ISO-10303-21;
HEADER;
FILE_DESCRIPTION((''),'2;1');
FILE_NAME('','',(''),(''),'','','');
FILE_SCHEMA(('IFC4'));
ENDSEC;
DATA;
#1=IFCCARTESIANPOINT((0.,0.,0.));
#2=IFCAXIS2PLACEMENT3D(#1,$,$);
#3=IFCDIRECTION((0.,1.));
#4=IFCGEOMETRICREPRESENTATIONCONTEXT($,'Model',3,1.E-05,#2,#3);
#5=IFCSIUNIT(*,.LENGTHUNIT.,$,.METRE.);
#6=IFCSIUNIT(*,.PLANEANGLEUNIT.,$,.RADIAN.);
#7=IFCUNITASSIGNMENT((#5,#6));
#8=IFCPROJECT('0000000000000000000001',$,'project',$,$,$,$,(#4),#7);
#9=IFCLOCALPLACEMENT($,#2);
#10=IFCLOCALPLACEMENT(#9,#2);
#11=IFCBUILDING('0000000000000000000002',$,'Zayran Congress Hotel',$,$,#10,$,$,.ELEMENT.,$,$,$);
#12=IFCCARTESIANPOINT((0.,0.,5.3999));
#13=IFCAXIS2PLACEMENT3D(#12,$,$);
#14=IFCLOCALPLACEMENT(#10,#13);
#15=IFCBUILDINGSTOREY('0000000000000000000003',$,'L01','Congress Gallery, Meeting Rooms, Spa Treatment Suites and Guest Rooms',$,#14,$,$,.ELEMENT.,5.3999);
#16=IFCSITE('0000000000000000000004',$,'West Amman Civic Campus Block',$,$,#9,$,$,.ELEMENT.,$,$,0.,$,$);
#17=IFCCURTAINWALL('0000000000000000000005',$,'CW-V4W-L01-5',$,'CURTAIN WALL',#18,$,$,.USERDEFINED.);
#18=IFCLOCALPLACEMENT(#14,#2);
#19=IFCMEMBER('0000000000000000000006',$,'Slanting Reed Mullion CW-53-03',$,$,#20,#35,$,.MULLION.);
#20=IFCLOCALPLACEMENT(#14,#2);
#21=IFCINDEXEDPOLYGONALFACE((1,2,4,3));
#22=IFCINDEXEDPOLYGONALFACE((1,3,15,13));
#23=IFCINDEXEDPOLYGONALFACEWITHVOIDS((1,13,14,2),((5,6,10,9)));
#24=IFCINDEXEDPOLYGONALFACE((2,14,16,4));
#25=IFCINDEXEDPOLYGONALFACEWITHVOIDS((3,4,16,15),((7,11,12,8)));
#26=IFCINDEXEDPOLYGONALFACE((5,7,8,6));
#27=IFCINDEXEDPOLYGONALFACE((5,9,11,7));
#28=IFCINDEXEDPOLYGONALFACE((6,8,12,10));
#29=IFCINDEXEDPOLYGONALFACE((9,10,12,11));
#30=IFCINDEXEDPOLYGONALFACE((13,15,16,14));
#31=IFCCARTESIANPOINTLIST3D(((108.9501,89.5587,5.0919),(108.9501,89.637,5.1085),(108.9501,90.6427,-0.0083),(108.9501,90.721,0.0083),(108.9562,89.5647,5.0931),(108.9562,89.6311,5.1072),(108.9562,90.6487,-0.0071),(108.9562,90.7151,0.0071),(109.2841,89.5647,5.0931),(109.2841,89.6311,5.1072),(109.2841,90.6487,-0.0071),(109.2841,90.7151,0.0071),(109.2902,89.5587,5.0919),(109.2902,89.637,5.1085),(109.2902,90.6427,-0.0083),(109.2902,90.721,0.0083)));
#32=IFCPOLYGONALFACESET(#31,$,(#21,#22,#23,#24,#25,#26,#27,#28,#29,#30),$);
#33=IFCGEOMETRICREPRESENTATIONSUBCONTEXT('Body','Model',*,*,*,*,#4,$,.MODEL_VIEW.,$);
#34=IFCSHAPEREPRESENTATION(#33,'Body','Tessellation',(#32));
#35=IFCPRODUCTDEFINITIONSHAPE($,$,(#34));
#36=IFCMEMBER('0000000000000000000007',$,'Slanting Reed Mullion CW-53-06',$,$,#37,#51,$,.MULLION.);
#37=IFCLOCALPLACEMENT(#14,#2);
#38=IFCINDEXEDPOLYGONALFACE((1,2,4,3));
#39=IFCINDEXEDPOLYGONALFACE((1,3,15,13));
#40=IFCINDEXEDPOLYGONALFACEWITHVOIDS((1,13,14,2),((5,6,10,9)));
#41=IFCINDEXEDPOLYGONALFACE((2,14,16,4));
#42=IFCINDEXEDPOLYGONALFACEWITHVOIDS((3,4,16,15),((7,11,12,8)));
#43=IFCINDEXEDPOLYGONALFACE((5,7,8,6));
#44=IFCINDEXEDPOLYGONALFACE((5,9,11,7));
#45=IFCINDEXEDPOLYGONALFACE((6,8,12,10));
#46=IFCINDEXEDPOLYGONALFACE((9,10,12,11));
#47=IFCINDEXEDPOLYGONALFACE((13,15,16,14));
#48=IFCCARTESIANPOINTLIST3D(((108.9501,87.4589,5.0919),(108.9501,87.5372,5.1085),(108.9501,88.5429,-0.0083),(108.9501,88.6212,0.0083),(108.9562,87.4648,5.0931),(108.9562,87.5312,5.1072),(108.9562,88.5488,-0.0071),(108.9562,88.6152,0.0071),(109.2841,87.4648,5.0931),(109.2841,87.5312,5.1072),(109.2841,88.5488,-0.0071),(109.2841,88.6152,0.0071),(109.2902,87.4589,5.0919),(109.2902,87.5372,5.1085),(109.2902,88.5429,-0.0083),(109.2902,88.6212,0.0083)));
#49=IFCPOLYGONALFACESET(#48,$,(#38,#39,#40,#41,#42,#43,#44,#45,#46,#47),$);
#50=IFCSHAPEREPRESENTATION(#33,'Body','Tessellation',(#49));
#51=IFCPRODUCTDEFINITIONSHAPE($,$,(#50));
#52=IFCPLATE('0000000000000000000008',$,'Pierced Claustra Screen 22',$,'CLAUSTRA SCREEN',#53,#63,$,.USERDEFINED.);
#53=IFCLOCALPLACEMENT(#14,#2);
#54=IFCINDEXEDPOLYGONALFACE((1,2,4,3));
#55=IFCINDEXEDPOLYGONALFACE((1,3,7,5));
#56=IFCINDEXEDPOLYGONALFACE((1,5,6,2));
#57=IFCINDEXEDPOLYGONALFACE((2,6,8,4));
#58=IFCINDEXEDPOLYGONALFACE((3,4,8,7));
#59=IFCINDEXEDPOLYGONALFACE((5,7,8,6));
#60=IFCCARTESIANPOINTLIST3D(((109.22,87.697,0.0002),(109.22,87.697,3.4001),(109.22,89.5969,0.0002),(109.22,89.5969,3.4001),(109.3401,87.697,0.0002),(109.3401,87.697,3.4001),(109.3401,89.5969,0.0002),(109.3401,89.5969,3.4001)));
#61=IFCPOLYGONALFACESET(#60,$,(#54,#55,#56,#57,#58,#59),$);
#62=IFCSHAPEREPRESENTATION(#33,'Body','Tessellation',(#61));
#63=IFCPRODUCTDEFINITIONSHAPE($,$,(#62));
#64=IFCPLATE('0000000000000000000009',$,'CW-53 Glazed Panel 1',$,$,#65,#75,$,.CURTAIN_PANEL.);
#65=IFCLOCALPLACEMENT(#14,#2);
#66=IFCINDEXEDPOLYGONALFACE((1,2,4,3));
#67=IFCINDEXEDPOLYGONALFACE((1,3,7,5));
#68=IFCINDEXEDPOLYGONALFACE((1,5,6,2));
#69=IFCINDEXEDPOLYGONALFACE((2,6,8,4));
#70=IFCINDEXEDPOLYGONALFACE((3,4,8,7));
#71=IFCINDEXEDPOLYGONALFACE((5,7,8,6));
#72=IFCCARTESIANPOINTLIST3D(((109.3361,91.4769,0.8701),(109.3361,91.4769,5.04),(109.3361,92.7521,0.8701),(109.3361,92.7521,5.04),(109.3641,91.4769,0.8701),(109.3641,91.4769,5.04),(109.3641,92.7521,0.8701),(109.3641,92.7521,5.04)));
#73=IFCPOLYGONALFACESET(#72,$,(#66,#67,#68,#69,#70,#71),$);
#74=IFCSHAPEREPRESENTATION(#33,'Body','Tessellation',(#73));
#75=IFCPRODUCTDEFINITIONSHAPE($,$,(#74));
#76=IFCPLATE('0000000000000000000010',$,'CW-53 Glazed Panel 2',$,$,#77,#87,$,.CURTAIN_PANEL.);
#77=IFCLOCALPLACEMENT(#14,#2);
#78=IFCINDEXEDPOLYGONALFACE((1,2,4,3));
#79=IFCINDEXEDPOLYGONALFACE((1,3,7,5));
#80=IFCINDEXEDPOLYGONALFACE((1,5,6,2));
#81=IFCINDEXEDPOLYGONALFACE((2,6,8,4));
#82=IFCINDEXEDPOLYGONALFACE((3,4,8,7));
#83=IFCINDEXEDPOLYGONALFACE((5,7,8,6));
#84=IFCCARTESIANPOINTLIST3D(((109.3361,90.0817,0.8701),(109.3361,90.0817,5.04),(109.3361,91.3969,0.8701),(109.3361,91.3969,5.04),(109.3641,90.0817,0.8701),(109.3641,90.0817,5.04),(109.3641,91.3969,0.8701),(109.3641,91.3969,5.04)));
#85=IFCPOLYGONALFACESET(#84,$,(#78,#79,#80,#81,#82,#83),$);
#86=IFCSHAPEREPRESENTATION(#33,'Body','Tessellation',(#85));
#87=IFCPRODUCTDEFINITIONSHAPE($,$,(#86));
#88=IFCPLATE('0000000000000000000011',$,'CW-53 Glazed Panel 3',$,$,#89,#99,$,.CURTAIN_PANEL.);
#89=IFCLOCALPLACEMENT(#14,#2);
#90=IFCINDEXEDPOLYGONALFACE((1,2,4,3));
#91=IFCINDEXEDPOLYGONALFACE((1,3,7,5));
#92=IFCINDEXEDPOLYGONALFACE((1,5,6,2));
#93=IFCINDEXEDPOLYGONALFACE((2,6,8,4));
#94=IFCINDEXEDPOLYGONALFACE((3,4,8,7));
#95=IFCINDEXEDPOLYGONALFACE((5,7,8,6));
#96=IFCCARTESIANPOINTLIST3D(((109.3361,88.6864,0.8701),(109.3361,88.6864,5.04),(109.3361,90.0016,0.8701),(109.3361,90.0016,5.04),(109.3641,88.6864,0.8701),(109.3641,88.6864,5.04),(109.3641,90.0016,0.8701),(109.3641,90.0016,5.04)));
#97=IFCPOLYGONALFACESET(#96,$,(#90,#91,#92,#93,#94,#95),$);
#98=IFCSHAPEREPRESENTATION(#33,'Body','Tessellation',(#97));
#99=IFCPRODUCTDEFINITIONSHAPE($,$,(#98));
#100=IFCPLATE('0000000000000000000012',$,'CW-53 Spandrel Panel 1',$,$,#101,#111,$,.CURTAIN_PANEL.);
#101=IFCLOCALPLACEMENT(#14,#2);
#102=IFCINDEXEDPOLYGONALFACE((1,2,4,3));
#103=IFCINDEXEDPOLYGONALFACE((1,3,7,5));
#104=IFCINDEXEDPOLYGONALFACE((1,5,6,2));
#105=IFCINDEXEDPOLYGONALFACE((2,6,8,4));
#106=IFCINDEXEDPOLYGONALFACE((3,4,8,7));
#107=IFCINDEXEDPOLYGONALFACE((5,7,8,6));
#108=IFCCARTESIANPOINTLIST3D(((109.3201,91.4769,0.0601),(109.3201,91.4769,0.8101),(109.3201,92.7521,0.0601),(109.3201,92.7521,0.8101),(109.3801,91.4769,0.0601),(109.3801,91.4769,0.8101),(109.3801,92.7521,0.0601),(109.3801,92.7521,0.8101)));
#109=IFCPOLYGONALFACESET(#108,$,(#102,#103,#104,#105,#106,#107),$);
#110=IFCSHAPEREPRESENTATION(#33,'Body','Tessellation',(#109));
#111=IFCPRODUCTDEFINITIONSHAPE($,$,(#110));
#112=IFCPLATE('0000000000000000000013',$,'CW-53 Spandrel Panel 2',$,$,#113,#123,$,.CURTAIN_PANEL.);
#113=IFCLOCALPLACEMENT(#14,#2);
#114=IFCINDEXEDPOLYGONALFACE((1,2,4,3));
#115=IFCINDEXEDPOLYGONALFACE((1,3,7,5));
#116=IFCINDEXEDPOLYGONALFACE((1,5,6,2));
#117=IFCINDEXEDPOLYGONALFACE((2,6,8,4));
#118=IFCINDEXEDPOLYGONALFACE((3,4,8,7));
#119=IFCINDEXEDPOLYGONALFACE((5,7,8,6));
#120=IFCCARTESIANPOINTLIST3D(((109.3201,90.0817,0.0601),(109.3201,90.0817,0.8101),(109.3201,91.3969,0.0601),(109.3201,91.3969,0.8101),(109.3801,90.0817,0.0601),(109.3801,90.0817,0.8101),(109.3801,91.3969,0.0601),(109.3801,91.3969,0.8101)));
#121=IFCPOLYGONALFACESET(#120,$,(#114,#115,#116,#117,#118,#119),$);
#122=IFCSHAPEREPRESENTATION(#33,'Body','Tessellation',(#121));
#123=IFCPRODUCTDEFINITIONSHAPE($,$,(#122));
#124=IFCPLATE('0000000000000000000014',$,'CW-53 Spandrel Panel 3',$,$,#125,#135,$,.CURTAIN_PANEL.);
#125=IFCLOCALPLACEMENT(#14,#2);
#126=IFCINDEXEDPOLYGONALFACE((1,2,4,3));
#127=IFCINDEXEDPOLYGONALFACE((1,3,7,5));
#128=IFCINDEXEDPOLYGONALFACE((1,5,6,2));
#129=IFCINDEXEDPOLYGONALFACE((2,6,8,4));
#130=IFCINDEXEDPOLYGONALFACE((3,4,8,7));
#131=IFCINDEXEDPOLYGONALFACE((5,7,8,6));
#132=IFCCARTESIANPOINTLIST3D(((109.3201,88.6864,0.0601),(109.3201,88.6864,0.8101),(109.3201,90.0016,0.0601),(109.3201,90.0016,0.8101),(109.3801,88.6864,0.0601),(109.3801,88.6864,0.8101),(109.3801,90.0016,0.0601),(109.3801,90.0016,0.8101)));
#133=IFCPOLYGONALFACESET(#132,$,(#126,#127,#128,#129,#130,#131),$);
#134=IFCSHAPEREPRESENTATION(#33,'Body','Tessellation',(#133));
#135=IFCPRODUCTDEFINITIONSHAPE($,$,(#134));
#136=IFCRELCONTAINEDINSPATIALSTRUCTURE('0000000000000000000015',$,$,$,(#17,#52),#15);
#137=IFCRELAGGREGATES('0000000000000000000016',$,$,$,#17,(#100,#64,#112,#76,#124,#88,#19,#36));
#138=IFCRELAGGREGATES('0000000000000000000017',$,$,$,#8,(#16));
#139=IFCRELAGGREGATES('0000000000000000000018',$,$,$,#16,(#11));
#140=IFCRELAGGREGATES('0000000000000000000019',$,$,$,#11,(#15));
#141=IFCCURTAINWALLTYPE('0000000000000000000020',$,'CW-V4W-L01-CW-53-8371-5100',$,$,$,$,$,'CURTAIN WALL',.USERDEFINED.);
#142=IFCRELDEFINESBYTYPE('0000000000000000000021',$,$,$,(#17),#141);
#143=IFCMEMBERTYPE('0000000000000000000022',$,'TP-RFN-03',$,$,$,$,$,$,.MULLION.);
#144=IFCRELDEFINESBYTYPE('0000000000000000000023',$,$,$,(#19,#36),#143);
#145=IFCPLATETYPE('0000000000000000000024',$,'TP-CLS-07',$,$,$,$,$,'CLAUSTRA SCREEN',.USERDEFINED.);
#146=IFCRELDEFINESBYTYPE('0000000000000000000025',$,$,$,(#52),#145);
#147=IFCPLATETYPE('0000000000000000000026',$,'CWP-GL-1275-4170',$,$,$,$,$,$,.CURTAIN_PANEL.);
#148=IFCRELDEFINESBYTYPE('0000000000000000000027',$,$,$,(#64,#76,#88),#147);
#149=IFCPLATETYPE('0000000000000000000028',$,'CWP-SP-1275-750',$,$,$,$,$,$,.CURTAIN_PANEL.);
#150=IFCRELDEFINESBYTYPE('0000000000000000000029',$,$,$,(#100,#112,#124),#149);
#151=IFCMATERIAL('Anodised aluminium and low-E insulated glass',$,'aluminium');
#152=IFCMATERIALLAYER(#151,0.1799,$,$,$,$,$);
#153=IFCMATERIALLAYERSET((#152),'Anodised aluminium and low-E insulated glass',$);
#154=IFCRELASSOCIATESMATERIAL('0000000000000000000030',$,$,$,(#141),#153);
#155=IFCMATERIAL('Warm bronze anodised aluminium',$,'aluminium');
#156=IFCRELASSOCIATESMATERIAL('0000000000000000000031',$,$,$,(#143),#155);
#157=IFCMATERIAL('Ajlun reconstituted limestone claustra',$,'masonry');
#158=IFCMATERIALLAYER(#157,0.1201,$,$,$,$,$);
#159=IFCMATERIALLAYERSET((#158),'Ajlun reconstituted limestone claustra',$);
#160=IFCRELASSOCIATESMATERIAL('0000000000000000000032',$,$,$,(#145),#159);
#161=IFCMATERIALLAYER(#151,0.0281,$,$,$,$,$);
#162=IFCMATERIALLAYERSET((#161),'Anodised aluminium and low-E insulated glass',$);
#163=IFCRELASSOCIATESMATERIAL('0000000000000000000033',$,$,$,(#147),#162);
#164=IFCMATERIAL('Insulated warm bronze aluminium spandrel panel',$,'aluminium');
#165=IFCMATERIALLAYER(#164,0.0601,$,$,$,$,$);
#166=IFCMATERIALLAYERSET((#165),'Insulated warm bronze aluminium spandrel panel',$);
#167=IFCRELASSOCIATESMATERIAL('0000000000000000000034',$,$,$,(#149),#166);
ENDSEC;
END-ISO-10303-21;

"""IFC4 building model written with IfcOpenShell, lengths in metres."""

from ifc_helpers import new_model, si_unit, direction, frame, origin, origin_2d, place, context, subcontext, project, spatial, rectangle, hollow_rectangle, extrude, material, layer, layer_set, material_profile, profile_set, type_object, element, aggregate, save


model = new_model("IFC4")

# Units and contexts
model_context = context("Model", 3, precision=1e-05, world=origin(), true_north=direction((0.0, 1.0)))
body_context = subcontext(model_context, "Body", "Model", "MODEL_VIEW")
ifc_project = project(units=[si_unit("LENGTHUNIT", "METRE"), si_unit("PLANEANGLEUNIT", "RADIAN")], contexts=[model_context])

# Site, building, storey
site_placement = place(None, origin())
site = spatial("IfcSite", under=ifc_project, at=site_placement, Name="West Amman Civic Campus Block", CompositionType="ELEMENT", RefElevation=0.0)
building_placement = place(site_placement, origin())
building = spatial("IfcBuilding", under=site, at=building_placement, Name="Zayran Congress Hotel", CompositionType="ELEMENT")
storey_placement = place(building_placement, frame((0.0, 0.0, 5.3999)))
storey = spatial("IfcBuildingStorey", under=building, at=storey_placement, Name="L01", Description="Congress Gallery, Meeting Rooms, Spa Treatment Suites and Guest Rooms", CompositionType="ELEMENT", Elevation=5.3999)

# Curtain wall
ifc_material_1 = material(Name="Anodised aluminium and low-E insulated glass", Category="aluminium")
ifc_layer_1 = layer(ifc_material_1, 0.1799)
ifc_layer_set_1 = layer_set([ifc_layer_1], Name="Anodised aluminium and low-E insulated glass")
curtain_wall_type_1 = type_object("IfcCurtainWallType", Name="CW-V4W-L01-CW-53-8371-5100", ElementType="CURTAIN WALL", PredefinedType="USERDEFINED", material=ifc_layer_set_1)
curtain_wall_1_placement = place(storey_placement, origin())
curtain_wall_1 = element("IfcCurtainWall", 1, at=curtain_wall_1_placement, inside=storey, type_object=curtain_wall_type_1, Name="CW-V4W-L01-5", ObjectType="CURTAIN WALL", PredefinedType="USERDEFINED")

# Members
ifc_material_2 = material(Name="Warm bronze anodised aluminium", Category="aluminium")
ifc_material_profile_1 = material_profile(ifc_material_2, hollow_rectangle(XDim=0.0801, YDim=0.3401, WallThickness=0.0061, at=origin_2d()), Name="RHS 340x80x6")
ifc_profile_set_1 = profile_set([ifc_material_profile_1], Name="Warm bronze anodised aluminium")
member_type_1 = type_object("IfcMemberType", Name="TP-RFN-03", PredefinedType="MULLION", material=ifc_profile_set_1)
member_1_placement = place(storey_placement, frame((109.1201, 90.6819, 0.0), z_axis=(0.0, -0.207898, 0.978151), x_axis=(0.0, 0.978151, 0.207898)))
member_1 = element("IfcMember", 2, at=member_1_placement, type_object=member_type_1, Name="Slanting Reed Mullion CW-53-03", PredefinedType="MULLION", context=body_context, shape_type="SweptSolid", body=[
    extrude(hollow_rectangle(XDim=0.0801, YDim=0.3401, WallThickness=0.0061, at=origin_2d()), origin(), (0.0, 0.0, 1.0), 5.2141),
])
member_2_placement = place(storey_placement, frame((109.1201, 88.582, 0.0), z_axis=(0.0, -0.207898, 0.978151), x_axis=(0.0, 0.978151, 0.207898)))
member_2 = element("IfcMember", 3, at=member_2_placement, type_object=member_type_1, Name="Slanting Reed Mullion CW-53-06", PredefinedType="MULLION", context=body_context, shape_type="SweptSolid", body=[
    extrude(hollow_rectangle(XDim=0.0801, YDim=0.3401, WallThickness=0.0061, at=origin_2d()), origin(), (0.0, 0.0, 1.0), 5.2141),
])

# Plates
ifc_material_3 = material(Name="Ajlun reconstituted limestone claustra", Category="masonry")
ifc_layer_2 = layer(ifc_material_3, 0.1201)
ifc_layer_set_2 = layer_set([ifc_layer_2], Name="Ajlun reconstituted limestone claustra")
plate_type_1 = type_object("IfcPlateType", Name="TP-CLS-07", ElementType="CLAUSTRA SCREEN", PredefinedType="USERDEFINED", material=ifc_layer_set_2)
plate_1_placement = place(storey_placement, frame((109.28, 88.647, 0.0002), z_axis=(0.0, 0.0, 1.0), x_axis=(0.0, 1.0, 0.0)))
element("IfcPlate", 4, at=plate_1_placement, inside=storey, type_object=plate_type_1, Name="Pierced Claustra Screen 22", ObjectType="CLAUSTRA SCREEN", PredefinedType="USERDEFINED", context=body_context, shape_type="SweptSolid", body=[
    extrude(rectangle(XDim=1.8999, YDim=0.1201, at=origin_2d()), origin(), (0.0, 0.0, 1.0), 3.3999),
])
ifc_layer_3 = layer(ifc_material_1, 0.0281)
ifc_layer_set_3 = layer_set([ifc_layer_3], Name="Anodised aluminium and low-E insulated glass")
plate_type_2 = type_object("IfcPlateType", Name="CWP-GL-1275-4170", PredefinedType="CURTAIN_PANEL", material=ifc_layer_set_3)
plate_2_placement = place(storey_placement, frame((109.3501, 92.1145, 0.8701), z_axis=(0.0, 0.0, 1.0), x_axis=(0.0, 1.0, 0.0)))
plate_2 = element("IfcPlate", 5, at=plate_2_placement, type_object=plate_type_2, Name="CW-53 Glazed Panel 1", PredefinedType="CURTAIN_PANEL", context=body_context, shape_type="SweptSolid", body=[
    extrude(rectangle(XDim=1.2751, YDim=0.0281, at=origin_2d()), origin(), (0.0, 0.0, 1.0), 4.1699),
])
plate_3_placement = place(storey_placement, frame((109.3501, 90.7393, 0.8701), z_axis=(0.0, 0.0, 1.0), x_axis=(0.0, 1.0, 0.0)))
plate_3 = element("IfcPlate", 6, at=plate_3_placement, type_object=plate_type_2, Name="CW-53 Glazed Panel 2", PredefinedType="CURTAIN_PANEL", context=body_context, shape_type="SweptSolid", body=[
    extrude(rectangle(XDim=1.3152, YDim=0.0281, at=origin_2d()), origin(), (0.0, 0.0, 1.0), 4.1699),
])
plate_4_placement = place(storey_placement, frame((109.3501, 89.344, 0.8701), z_axis=(0.0, 0.0, 1.0), x_axis=(0.0, 1.0, 0.0)))
plate_4 = element("IfcPlate", 7, at=plate_4_placement, type_object=plate_type_2, Name="CW-53 Glazed Panel 3", PredefinedType="CURTAIN_PANEL", context=body_context, shape_type="SweptSolid", body=[
    extrude(rectangle(XDim=1.3152, YDim=0.0281, at=origin_2d()), origin(), (0.0, 0.0, 1.0), 4.1699),
])
ifc_material_4 = material(Name="Insulated warm bronze aluminium spandrel panel", Category="aluminium")
ifc_layer_4 = layer(ifc_material_4, 0.0601)
ifc_layer_set_4 = layer_set([ifc_layer_4], Name="Insulated warm bronze aluminium spandrel panel")
plate_type_3 = type_object("IfcPlateType", Name="CWP-SP-1275-750", PredefinedType="CURTAIN_PANEL", material=ifc_layer_set_4)
plate_5_placement = place(storey_placement, frame((109.3501, 92.1145, 0.0601), z_axis=(0.0, 0.0, 1.0), x_axis=(0.0, 1.0, 0.0)))
plate_5 = element("IfcPlate", 8, at=plate_5_placement, type_object=plate_type_3, Name="CW-53 Spandrel Panel 1", PredefinedType="CURTAIN_PANEL", context=body_context, shape_type="SweptSolid", body=[
    extrude(rectangle(XDim=1.2751, YDim=0.0601, at=origin_2d()), origin(), (0.0, 0.0, 1.0), 0.75),
])
plate_6_placement = place(storey_placement, frame((109.3501, 90.7393, 0.0601), z_axis=(0.0, 0.0, 1.0), x_axis=(0.0, 1.0, 0.0)))
plate_6 = element("IfcPlate", 9, at=plate_6_placement, type_object=plate_type_3, Name="CW-53 Spandrel Panel 2", PredefinedType="CURTAIN_PANEL", context=body_context, shape_type="SweptSolid", body=[
    extrude(rectangle(XDim=1.3152, YDim=0.0601, at=origin_2d()), origin(), (0.0, 0.0, 1.0), 0.75),
])
plate_7_placement = place(storey_placement, frame((109.3501, 89.344, 0.0601), z_axis=(0.0, 0.0, 1.0), x_axis=(0.0, 1.0, 0.0)))
plate_7 = element("IfcPlate", 10, at=plate_7_placement, type_object=plate_type_3, Name="CW-53 Spandrel Panel 3", PredefinedType="CURTAIN_PANEL", context=body_context, shape_type="SweptSolid", body=[
    extrude(rectangle(XDim=1.3152, YDim=0.0601, at=origin_2d()), origin(), (0.0, 0.0, 1.0), 0.75),
])
aggregate(curtain_wall_1, [plate_5, plate_2, plate_6, plate_3, plate_7, plate_4, member_1, member_2])

save(model, "model.ifc")
